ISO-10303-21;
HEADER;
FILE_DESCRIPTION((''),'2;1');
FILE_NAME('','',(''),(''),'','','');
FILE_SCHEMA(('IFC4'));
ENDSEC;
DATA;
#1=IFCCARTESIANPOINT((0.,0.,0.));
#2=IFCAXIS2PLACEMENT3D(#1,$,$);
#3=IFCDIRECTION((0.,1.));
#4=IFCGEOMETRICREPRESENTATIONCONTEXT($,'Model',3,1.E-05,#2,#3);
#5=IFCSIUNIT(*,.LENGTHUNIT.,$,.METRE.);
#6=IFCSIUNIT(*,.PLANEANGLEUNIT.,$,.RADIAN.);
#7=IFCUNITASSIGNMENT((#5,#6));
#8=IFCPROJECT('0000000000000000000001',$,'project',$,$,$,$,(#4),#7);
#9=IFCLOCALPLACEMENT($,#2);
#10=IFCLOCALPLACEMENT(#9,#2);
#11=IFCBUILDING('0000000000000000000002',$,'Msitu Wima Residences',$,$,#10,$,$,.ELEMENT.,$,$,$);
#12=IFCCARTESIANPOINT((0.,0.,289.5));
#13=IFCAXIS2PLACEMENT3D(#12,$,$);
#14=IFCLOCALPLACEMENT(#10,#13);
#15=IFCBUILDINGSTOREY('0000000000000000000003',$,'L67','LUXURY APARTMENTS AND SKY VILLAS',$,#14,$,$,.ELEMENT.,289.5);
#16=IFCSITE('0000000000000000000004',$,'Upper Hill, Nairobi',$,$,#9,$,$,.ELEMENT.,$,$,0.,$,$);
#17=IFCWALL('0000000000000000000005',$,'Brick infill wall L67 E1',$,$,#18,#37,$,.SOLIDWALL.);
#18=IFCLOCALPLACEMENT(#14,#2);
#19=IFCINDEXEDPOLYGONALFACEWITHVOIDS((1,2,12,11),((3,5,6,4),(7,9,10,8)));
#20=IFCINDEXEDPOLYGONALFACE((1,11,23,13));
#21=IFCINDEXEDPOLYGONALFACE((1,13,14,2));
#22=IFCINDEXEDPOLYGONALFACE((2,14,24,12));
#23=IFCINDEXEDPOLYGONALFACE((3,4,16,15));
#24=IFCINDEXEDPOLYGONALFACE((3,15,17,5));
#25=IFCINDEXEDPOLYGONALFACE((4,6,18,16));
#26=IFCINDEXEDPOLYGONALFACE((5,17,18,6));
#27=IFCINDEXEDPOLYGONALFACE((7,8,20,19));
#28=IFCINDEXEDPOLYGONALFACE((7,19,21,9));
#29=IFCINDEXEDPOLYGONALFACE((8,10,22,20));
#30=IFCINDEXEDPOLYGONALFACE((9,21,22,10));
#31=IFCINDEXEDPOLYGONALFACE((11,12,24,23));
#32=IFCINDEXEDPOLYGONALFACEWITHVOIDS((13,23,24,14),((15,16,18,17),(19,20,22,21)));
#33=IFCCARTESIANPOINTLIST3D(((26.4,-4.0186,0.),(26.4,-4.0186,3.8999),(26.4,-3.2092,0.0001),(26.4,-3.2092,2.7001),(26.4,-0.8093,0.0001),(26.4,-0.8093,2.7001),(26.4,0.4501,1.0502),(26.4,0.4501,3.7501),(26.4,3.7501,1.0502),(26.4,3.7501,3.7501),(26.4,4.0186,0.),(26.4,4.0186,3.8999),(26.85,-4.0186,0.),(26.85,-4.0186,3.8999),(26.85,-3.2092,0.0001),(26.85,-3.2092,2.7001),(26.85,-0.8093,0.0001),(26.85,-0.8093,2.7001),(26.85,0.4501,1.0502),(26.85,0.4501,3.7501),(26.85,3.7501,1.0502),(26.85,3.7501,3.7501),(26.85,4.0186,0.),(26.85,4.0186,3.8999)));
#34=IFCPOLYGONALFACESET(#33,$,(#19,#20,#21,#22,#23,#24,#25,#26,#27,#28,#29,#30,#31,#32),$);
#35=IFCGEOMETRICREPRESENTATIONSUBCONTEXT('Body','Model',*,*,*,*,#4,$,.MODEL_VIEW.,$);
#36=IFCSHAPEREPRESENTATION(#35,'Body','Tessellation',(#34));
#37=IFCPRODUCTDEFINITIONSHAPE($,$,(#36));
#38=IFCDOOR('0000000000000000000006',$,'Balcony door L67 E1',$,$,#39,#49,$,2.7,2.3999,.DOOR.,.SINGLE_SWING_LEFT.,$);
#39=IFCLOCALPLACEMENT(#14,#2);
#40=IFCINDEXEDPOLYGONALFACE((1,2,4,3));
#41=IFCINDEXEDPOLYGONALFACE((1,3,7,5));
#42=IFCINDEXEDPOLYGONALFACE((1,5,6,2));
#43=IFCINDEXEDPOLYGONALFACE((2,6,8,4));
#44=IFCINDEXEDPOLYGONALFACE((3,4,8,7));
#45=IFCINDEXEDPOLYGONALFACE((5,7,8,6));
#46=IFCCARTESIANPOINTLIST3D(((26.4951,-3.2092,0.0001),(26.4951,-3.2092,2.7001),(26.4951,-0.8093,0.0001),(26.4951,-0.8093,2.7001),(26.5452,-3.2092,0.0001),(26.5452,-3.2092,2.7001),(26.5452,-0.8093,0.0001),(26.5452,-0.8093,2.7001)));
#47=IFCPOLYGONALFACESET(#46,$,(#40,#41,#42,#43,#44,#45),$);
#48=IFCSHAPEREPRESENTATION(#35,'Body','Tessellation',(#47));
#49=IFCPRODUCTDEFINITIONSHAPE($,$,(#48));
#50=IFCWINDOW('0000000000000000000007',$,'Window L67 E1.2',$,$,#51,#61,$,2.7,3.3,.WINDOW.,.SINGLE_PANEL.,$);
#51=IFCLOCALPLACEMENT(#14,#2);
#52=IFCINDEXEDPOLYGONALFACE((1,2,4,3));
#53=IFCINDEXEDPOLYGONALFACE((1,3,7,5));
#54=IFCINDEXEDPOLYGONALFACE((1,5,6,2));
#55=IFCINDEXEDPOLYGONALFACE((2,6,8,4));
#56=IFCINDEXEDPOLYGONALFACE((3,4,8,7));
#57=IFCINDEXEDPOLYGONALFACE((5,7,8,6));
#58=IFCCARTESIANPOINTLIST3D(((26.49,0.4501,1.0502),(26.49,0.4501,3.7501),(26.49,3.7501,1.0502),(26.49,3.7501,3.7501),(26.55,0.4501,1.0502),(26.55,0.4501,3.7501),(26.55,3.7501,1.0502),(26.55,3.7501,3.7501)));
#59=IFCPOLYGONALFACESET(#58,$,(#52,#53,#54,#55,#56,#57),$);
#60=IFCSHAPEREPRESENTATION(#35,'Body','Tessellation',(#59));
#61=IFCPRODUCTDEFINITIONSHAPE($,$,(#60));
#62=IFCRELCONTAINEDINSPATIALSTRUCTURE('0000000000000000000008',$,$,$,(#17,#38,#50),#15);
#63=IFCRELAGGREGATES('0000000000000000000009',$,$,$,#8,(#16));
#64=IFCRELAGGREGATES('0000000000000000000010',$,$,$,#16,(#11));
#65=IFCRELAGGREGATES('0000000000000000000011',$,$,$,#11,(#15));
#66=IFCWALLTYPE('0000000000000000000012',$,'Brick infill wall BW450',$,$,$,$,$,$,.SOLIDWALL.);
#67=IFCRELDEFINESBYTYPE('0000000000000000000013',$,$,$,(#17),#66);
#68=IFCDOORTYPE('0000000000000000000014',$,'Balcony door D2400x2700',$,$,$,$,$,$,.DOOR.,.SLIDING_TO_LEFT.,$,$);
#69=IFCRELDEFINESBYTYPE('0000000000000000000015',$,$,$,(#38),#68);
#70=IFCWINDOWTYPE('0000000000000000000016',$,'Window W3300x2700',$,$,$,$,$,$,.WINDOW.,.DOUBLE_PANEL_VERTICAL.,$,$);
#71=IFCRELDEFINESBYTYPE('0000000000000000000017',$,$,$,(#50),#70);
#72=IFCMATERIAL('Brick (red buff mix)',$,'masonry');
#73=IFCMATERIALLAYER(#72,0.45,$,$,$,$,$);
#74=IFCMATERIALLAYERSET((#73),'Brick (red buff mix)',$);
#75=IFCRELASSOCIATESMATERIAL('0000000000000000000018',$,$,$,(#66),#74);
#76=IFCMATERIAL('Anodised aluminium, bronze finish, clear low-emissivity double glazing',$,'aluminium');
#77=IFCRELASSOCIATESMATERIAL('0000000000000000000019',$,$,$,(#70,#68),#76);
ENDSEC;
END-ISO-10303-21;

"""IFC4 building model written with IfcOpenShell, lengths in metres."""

from ifc_helpers import new_model, si_unit, direction, frame, frame_2d, origin, place, context, subcontext, project, spatial, rectangle, extrude, material, layer, layer_set, type_object, element, fill, save


model = new_model("IFC4")

# Units and contexts
model_context = context("Model", 3, precision=1e-05, world=origin(), true_north=direction((0.0, 1.0)))
body_context = subcontext(model_context, "Body", "Model", "MODEL_VIEW")
ifc_project = project(units=[si_unit("LENGTHUNIT", "METRE"), si_unit("PLANEANGLEUNIT", "RADIAN")], contexts=[model_context])

# Site, building, storey
site_placement = place(None, origin())
site = spatial("IfcSite", under=ifc_project, at=site_placement, Name="Upper Hill, Nairobi", CompositionType="ELEMENT", RefElevation=0.0)
building_placement = place(site_placement, origin())
building = spatial("IfcBuilding", under=site, at=building_placement, Name="Msitu Wima Residences", CompositionType="ELEMENT")
storey_placement = place(building_placement, frame((0.0, 0.0, 289.5)))
storey = spatial("IfcBuildingStorey", under=building, at=storey_placement, Name="L67", Description="LUXURY APARTMENTS AND SKY VILLAS", CompositionType="ELEMENT", Elevation=289.5)

# Shared definitions
ifc_material_1 = material(Name="Brick (red buff mix)", Category="masonry")
ifc_layer_1 = layer(ifc_material_1, 0.45)
ifc_layer_set_1 = layer_set([ifc_layer_1], Name="Brick (red buff mix)")
wall_type_1 = type_object("IfcWallType", Name="Brick infill wall BW450", PredefinedType="SOLIDWALL", material=ifc_layer_set_1)
ifc_material_2 = material(Name="Anodised aluminium, bronze finish, clear low-emissivity double glazing", Category="aluminium")
window_type = type_object("IfcWindowType", Name="Window W3300x2700", PartitioningType="DOUBLE_PANEL_VERTICAL", PredefinedType="WINDOW", material=ifc_material_2)

# Wall, openings, door, window
wall_1_placement = place(storey_placement, frame((26.625, -4.0186, 0.0), z_axis=(0.0, 0.0, 1.0), x_axis=(0.0, 1.0, 0.0)))
wall_1 = element("IfcWall", 1, at=wall_1_placement, inside=storey, type_object=wall_type_1, Name="Brick infill wall L67 E1", PredefinedType="SOLIDWALL", context=body_context, shape_type="SweptSolid", body=[
    extrude(rectangle(XDim=8.0371, YDim=0.45, at=frame_2d((4.0186, 0.0))), origin(), (0.0, 0.0, 1.0), 3.8999),
])
opening_1_placement = place(wall_1_placement, frame((0.8093, 0.0, 0.0)))
opening_1 = element("IfcOpeningElement", 2, at=opening_1_placement, cuts=wall_1, PredefinedType="OPENING", context=body_context, shape_type="SweptSolid", body=[
    extrude(rectangle(XDim=2.3999, YDim=2.7, at=frame_2d((1.2, 1.3501))), frame((0.0, 0.2349, 0.0), z_axis=(0.0, -1.0, 0.0), x_axis=(1.0, 0.0, 0.0)), (0.0, 0.0, 1.0), 0.47),
])
opening_2_placement = place(wall_1_placement, frame((4.4688, 0.0, 1.05)))
opening_2 = element("IfcOpeningElement", 3, at=opening_2_placement, cuts=wall_1, PredefinedType="OPENING", context=body_context, shape_type="SweptSolid", body=[
    extrude(rectangle(XDim=3.3, YDim=2.7, at=frame_2d((1.6499, 1.3501))), frame((0.0, 0.2349, 0.0), z_axis=(0.0, -1.0, 0.0), x_axis=(1.0, 0.0, 0.0)), (0.0, 0.0, 1.0), 0.47),
])
door_type = type_object("IfcDoorType", Name="Balcony door D2400x2700", OperationType="SLIDING_TO_LEFT", PredefinedType="DOOR", material=ifc_material_2)
door_placement = place(opening_1_placement, origin())
door = element("IfcDoor", 4, at=door_placement, inside=storey, type_object=door_type, Name="Balcony door L67 E1", OperationType="SINGLE_SWING_LEFT", OverallHeight=2.7, OverallWidth=2.3999, PredefinedType="DOOR", context=body_context, shape_type="SweptSolid", body=[
    extrude(rectangle(XDim=2.3999, YDim=2.7, at=frame_2d((1.2, 1.3501))), frame((0.0, 0.1299, 0.0), z_axis=(0.0, -1.0, 0.0), x_axis=(1.0, 0.0, 0.0)), (0.0, 0.0, 1.0), 0.05),
])
fill(opening_1, door)
window_1_placement = place(opening_2_placement, origin())
window_1 = element("IfcWindow", 5, at=window_1_placement, inside=storey, type_object=window_type, Name="Window L67 E1.2", OverallHeight=2.7, OverallWidth=3.3, PartitioningType="SINGLE_PANEL", PredefinedType="WINDOW", context=body_context, shape_type="SweptSolid", body=[
    extrude(rectangle(XDim=3.3, YDim=2.7, at=frame_2d((1.6499, 1.3501))), frame((0.0, 0.135, 0.0), z_axis=(0.0, -1.0, 0.0), x_axis=(1.0, 0.0, 0.0)), (0.0, 0.0, 1.0), 0.0601),
])
fill(opening_2, window_1)

save(model, "model.ifc")
